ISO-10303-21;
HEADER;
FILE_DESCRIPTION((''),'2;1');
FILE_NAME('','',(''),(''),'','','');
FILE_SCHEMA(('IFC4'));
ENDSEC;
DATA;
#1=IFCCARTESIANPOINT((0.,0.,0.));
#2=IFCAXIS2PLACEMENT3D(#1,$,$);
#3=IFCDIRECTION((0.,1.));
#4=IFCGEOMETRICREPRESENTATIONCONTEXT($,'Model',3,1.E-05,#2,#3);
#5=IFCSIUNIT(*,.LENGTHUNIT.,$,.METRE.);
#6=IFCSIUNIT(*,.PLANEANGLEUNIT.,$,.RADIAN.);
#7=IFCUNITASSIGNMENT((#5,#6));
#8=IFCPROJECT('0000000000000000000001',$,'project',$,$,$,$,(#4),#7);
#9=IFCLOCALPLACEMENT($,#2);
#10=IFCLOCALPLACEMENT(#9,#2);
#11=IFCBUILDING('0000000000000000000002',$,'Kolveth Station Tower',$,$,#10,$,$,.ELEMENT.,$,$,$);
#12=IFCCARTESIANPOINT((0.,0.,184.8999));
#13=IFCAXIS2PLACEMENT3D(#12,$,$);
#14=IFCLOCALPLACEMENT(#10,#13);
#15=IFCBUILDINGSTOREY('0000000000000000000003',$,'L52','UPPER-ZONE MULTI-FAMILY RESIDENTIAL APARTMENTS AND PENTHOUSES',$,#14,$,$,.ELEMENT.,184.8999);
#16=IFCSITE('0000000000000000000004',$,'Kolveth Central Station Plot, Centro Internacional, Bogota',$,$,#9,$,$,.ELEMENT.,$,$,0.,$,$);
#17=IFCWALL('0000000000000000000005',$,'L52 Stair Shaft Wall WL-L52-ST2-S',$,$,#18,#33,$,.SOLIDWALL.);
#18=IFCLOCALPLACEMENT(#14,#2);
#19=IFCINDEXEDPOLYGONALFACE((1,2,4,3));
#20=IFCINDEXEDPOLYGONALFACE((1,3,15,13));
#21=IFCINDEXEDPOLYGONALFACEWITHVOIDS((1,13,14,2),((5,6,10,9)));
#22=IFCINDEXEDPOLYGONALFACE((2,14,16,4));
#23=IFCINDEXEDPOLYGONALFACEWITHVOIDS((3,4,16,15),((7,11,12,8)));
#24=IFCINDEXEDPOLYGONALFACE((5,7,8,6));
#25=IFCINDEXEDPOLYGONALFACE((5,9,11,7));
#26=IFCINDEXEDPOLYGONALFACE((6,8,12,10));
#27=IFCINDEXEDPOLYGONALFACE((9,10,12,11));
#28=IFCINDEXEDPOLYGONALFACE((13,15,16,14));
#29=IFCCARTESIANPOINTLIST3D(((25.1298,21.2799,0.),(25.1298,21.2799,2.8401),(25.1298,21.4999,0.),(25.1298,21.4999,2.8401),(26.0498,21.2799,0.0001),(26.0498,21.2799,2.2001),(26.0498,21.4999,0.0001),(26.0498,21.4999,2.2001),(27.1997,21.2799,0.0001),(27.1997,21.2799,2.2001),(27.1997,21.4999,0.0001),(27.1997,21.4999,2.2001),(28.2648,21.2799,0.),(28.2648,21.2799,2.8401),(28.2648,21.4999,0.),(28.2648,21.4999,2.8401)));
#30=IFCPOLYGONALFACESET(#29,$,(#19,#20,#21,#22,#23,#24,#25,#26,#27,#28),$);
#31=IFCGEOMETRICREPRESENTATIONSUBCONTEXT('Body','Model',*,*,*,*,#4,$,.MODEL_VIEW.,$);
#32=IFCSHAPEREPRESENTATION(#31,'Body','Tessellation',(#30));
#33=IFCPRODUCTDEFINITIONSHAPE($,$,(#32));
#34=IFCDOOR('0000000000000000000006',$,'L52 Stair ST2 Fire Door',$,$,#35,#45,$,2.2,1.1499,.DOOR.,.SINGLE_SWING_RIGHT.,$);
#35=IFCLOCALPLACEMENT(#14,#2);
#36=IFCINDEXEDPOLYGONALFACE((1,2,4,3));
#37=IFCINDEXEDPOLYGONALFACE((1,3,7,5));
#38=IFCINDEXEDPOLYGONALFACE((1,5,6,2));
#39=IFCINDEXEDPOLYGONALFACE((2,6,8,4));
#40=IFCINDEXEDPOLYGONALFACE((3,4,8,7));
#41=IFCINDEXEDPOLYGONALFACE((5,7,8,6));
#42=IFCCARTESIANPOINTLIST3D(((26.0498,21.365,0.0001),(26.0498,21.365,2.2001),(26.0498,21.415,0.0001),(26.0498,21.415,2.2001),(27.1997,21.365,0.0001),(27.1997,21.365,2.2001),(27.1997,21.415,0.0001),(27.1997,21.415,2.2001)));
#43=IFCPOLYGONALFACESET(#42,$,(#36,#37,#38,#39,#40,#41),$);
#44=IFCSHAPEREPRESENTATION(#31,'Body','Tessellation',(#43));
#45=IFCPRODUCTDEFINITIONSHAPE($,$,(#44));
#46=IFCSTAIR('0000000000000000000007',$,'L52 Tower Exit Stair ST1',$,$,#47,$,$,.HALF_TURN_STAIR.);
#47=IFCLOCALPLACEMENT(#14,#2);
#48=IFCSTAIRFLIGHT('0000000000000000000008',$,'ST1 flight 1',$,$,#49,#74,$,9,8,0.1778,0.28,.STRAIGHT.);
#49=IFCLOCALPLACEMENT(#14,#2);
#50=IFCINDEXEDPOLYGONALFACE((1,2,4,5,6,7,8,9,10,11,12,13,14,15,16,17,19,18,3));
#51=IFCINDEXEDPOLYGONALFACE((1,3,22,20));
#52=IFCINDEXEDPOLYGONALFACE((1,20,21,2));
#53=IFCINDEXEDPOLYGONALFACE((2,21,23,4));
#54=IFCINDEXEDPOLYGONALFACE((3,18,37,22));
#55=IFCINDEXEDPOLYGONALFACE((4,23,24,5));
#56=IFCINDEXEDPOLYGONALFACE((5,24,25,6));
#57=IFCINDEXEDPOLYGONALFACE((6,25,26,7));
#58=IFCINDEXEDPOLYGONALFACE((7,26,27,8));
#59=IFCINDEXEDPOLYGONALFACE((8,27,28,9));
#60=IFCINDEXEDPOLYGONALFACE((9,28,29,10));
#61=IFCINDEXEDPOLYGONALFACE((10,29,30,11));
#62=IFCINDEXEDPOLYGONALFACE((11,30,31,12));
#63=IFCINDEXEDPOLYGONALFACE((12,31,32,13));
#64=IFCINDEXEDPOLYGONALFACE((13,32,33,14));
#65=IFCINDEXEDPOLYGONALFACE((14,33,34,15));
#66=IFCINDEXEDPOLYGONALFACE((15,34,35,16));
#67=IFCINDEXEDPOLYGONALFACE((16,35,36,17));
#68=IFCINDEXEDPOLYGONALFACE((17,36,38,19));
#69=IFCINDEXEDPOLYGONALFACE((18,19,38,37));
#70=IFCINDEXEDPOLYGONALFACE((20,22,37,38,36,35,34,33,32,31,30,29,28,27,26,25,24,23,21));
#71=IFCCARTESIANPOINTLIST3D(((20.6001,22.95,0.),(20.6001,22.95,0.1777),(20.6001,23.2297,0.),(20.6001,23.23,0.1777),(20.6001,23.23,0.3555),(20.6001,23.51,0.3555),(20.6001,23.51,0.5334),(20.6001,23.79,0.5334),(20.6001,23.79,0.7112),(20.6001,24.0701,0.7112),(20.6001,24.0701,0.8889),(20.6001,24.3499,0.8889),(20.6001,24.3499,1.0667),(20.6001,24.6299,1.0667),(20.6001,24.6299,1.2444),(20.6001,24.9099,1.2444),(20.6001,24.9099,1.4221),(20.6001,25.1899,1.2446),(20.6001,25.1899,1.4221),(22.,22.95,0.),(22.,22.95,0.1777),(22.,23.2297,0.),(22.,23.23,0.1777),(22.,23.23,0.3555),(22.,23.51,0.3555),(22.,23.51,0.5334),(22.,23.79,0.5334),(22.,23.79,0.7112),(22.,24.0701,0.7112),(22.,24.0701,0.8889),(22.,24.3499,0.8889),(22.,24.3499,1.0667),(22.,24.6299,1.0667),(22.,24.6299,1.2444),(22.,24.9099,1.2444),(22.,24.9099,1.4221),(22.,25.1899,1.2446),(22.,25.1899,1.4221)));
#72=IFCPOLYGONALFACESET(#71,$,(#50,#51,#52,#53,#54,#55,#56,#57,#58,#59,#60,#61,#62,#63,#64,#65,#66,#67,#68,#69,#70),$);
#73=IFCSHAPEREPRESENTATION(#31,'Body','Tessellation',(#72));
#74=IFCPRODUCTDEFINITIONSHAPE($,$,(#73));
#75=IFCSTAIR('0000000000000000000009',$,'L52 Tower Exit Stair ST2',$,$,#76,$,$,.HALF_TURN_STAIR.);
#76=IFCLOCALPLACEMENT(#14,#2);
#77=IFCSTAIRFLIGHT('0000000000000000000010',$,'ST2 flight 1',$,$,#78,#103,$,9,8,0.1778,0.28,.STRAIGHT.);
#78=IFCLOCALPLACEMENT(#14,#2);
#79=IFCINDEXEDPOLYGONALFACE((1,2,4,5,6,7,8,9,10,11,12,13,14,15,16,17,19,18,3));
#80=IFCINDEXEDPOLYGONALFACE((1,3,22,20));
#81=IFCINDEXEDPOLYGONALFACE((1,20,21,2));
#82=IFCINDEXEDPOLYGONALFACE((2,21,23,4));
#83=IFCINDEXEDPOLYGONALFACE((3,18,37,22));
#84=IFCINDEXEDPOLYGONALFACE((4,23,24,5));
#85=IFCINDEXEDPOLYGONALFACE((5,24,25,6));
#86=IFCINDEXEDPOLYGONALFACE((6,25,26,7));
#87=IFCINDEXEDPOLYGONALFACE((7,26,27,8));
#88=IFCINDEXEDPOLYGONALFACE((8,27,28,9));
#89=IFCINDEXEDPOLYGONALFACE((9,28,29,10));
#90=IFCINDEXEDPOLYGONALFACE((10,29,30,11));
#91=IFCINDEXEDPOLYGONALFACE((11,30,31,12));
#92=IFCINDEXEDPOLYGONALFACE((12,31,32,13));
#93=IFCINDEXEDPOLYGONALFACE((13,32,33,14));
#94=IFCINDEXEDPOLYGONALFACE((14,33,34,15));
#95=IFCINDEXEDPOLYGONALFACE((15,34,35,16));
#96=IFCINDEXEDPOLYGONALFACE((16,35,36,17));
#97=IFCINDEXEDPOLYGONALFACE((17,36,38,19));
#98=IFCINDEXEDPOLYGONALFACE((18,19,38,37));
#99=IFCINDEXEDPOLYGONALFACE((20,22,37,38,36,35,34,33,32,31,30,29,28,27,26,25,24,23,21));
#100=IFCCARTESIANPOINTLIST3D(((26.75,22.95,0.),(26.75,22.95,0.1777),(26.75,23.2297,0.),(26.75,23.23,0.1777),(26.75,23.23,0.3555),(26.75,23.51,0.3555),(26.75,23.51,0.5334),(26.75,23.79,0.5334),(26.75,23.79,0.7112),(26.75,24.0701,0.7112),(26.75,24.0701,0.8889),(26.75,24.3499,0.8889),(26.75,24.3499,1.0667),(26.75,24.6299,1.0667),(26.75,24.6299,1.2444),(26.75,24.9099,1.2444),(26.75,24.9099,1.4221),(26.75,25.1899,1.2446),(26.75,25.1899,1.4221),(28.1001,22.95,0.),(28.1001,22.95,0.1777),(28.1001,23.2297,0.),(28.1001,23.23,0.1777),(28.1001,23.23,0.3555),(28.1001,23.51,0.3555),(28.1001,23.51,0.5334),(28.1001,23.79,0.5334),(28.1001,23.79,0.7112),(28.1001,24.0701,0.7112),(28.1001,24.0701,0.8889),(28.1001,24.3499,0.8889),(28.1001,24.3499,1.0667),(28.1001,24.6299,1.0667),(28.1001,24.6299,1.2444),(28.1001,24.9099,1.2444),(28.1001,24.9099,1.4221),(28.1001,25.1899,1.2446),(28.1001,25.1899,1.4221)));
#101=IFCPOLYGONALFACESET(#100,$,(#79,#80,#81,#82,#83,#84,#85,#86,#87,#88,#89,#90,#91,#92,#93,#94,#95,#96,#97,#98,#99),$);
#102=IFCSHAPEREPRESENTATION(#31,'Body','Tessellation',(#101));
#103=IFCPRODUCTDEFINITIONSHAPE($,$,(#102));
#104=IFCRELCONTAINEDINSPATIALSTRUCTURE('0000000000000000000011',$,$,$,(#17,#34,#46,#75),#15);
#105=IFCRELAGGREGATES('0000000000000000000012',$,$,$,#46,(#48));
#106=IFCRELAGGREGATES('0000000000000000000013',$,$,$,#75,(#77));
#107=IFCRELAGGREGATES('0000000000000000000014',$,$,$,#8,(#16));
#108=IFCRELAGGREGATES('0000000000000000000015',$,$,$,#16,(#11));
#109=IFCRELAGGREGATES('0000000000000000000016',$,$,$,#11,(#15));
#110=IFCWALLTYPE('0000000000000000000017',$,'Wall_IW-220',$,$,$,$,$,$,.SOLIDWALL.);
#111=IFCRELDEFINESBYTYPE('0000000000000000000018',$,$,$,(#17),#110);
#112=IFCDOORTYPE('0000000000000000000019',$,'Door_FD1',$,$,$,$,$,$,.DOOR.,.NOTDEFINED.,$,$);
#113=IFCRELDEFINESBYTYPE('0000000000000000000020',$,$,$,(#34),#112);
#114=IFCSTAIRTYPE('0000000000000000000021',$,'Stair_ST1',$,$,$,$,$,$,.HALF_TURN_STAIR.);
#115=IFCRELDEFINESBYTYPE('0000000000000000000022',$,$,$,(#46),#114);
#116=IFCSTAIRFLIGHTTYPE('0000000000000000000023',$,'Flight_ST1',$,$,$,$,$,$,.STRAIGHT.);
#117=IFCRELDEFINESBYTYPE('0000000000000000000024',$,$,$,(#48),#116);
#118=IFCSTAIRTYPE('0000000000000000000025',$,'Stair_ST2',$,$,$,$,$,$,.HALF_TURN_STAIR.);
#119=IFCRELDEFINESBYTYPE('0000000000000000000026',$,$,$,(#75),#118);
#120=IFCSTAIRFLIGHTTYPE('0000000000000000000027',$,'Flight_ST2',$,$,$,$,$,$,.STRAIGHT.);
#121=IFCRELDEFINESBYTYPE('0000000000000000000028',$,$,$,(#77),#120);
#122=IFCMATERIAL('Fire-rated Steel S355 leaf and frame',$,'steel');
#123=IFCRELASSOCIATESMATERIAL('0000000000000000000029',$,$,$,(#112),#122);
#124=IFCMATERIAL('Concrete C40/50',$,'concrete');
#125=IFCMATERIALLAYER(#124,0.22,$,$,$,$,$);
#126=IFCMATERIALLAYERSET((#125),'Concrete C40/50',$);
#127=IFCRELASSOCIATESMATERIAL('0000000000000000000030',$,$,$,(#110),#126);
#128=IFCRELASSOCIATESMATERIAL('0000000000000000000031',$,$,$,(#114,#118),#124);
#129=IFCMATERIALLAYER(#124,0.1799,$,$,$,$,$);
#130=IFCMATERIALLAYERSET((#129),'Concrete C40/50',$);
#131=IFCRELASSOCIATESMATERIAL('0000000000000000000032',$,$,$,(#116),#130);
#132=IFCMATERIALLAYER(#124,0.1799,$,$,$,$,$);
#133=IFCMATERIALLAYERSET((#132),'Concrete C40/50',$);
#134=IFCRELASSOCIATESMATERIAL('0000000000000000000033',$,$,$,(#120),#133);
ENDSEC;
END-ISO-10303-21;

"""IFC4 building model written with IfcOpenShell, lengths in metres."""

from ifc_helpers import new_model, si_unit, direction, frame, frame_2d, origin, place, context, subcontext, project, spatial, polyline, rectangle, outline, extrude, material, layer, layer_set, type_object, element, fill, aggregate, save


model = new_model("IFC4")

# Units and contexts
model_context = context("Model", 3, precision=1e-05, world=origin(), true_north=direction((0.0, 1.0)))
body_context = subcontext(model_context, "Body", "Model", "MODEL_VIEW")
ifc_project = project(units=[si_unit("LENGTHUNIT", "METRE"), si_unit("PLANEANGLEUNIT", "RADIAN")], contexts=[model_context])

# Site, building, storey
site_placement = place(None, origin())
site = spatial("IfcSite", under=ifc_project, at=site_placement, Name="Kolveth Central Station Plot, Centro Internacional, Bogota", CompositionType="ELEMENT", RefElevation=0.0)
building_placement = place(site_placement, origin())
building = spatial("IfcBuilding", under=site, at=building_placement, Name="Kolveth Station Tower", CompositionType="ELEMENT")
storey_placement = place(building_placement, frame((0.0, 0.0, 184.8999)))
storey = spatial("IfcBuildingStorey", under=building, at=storey_placement, Name="L52", Description="UPPER-ZONE MULTI-FAMILY RESIDENTIAL APARTMENTS AND PENTHOUSES", CompositionType="ELEMENT", Elevation=184.8999)

# Shared definitions
ifc_material_1 = material(Name="Fire-rated Steel S355 leaf and frame", Category="steel")
door_type_1 = type_object("IfcDoorType", Name="Door_FD1", OperationType="NOTDEFINED", PredefinedType="DOOR", material=ifc_material_1)

# Shared definitions
ifc_material_2 = material(Name="Concrete C40/50", Category="concrete")
ifc_layer_1 = layer(ifc_material_2, 0.22)
ifc_layer_set_1 = layer_set([ifc_layer_1], Name="Concrete C40/50")
wall_type_1 = type_object("IfcWallType", Name="Wall_IW-220", PredefinedType="SOLIDWALL", material=ifc_layer_set_1)

# Wall, opening, door
wall_1_placement = place(storey_placement, frame((25.1299, 21.3899, 0.0), z_axis=(0.0, 0.0, 1.0), x_axis=(1.0, 0.0, 0.0)))
wall_1 = element("IfcWall", 1, at=wall_1_placement, inside=storey, type_object=wall_type_1, Name="L52 Stair Shaft Wall WL-L52-ST2-S", PredefinedType="SOLIDWALL", context=body_context, shape_type="SweptSolid", body=[
    extrude(rectangle(XDim=3.135, YDim=0.22, at=frame_2d((1.5674, 0.0))), origin(), (0.0, 0.0, 1.0), 2.8401),
])
opening_1_placement = place(wall_1_placement, frame((0.9199, 0.0, 0.0)))
opening_1 = element("IfcOpeningElement", 2, at=opening_1_placement, cuts=wall_1, PredefinedType="OPENING", context=body_context, shape_type="SweptSolid", body=[
    extrude(rectangle(XDim=1.1499, YDim=2.2, at=frame_2d((0.575, 1.1001))), frame((0.0, 0.1199, 0.0), z_axis=(0.0, -1.0, 0.0), x_axis=(1.0, 0.0, 0.0)), (0.0, 0.0, 1.0), 0.24),
])
door_1_placement = place(opening_1_placement, frame((1.1499, 0.0, 0.0), z_axis=(0.0, 0.0, 1.0), x_axis=(-1.0, 0.0, 0.0)))
door_1 = element("IfcDoor", 3, at=door_1_placement, inside=storey, type_object=door_type_1, Name="L52 Stair ST2 Fire Door", OperationType="SINGLE_SWING_RIGHT", OverallHeight=2.2, OverallWidth=1.1499, PredefinedType="DOOR", context=body_context, shape_type="SweptSolid", body=[
    extrude(rectangle(XDim=1.1499, YDim=2.2, at=frame_2d((0.575, 1.1001))), frame((0.0, 0.0249, 0.0), z_axis=(0.0, -1.0, 0.0), x_axis=(1.0, 0.0, 0.0)), (0.0, 0.0, 1.0), 0.05),
])
fill(opening_1, door_1)

# Stairs, stair flights
stair_type_1 = type_object("IfcStairType", Name="Stair_ST1", PredefinedType="HALF_TURN_STAIR", material=ifc_material_2)
stair_1_placement = place(storey_placement, origin())
stair_1 = element("IfcStair", 4, at=stair_1_placement, inside=storey, type_object=stair_type_1, Name="L52 Tower Exit Stair ST1", PredefinedType="HALF_TURN_STAIR")
ifc_layer_2 = layer(ifc_material_2, 0.1799)
ifc_layer_set_2 = layer_set([ifc_layer_2], Name="Concrete C40/50")
stair_flight_type_1 = type_object("IfcStairFlightType", Name="Flight_ST1", PredefinedType="STRAIGHT", material=ifc_layer_set_2)
stair_flight_1_placement = place(storey_placement, frame((21.3, 22.95, 0.0), z_axis=(0.0, 0.0, 1.0), x_axis=(0.0, 1.0, 0.0)))
stair_flight_1 = element("IfcStairFlight", 5, at=stair_flight_1_placement, type_object=stair_flight_type_1, Name="ST1 flight 1", NumberOfRisers=9, NumberOfTreads=8, PredefinedType="STRAIGHT", RiserHeight=0.1778, TreadLength=0.28, context=body_context, shape_type="SweptSolid", body=[
    extrude(outline(polyline([(0.0, 0.0), (0.0, 0.1777), (0.28, 0.1777), (0.28, 0.3555), (0.5601, 0.3555), (0.5601, 0.5334), (0.8401, 0.5334), (0.8401, 0.7112), (1.1201, 0.7112), (1.1201, 0.8889), (1.3999, 0.8889), (1.3999, 1.0667), (1.6799, 1.0667), (1.6799, 1.2444), (1.96, 1.2444), (1.96, 1.4221), (2.24, 1.4221), (2.24, 1.6001), (2.24, 1.2446), (0.2798, 0.0), (0.0, 0.0)])), frame((0.0, 0.7, 0.0), z_axis=(0.0, -1.0, 0.0), x_axis=(1.0, 0.0, 0.0)), (0.0, 0.0, 1.0), 1.3999),
])
aggregate(stair_1, [stair_flight_1])
stair_type_2 = type_object("IfcStairType", Name="Stair_ST2", PredefinedType="HALF_TURN_STAIR", material=ifc_material_2)
stair_2_placement = place(storey_placement, origin())
stair_2 = element("IfcStair", 6, at=stair_2_placement, inside=storey, type_object=stair_type_2, Name="L52 Tower Exit Stair ST2", PredefinedType="HALF_TURN_STAIR")
ifc_layer_3 = layer(ifc_material_2, 0.1799)
ifc_layer_set_3 = layer_set([ifc_layer_3], Name="Concrete C40/50")
stair_flight_type_2 = type_object("IfcStairFlightType", Name="Flight_ST2", PredefinedType="STRAIGHT", material=ifc_layer_set_3)
stair_flight_2_placement = place(storey_placement, frame((27.425, 22.95, 0.0), z_axis=(0.0, 0.0, 1.0), x_axis=(0.0, 1.0, 0.0)))
stair_flight_2 = element("IfcStairFlight", 7, at=stair_flight_2_placement, type_object=stair_flight_type_2, Name="ST2 flight 1", NumberOfRisers=9, NumberOfTreads=8, PredefinedType="STRAIGHT", RiserHeight=0.1778, TreadLength=0.28, context=body_context, shape_type="SweptSolid", body=[
    extrude(outline(polyline([(0.0, 0.0), (0.0, 0.1777), (0.28, 0.1777), (0.28, 0.3555), (0.5601, 0.3555), (0.5601, 0.5334), (0.8401, 0.5334), (0.8401, 0.7112), (1.1201, 0.7112), (1.1201, 0.8889), (1.3999, 0.8889), (1.3999, 1.0667), (1.6799, 1.0667), (1.6799, 1.2444), (1.96, 1.2444), (1.96, 1.4221), (2.24, 1.4221), (2.24, 1.6001), (2.24, 1.2446), (0.2798, 0.0), (0.0, 0.0)])), frame((0.0, 0.675, 0.0), z_axis=(0.0, -1.0, 0.0), x_axis=(1.0, 0.0, 0.0)), (0.0, 0.0, 1.0), 1.3501),
])
aggregate(stair_2, [stair_flight_2])

save(model, "model.ifc")
